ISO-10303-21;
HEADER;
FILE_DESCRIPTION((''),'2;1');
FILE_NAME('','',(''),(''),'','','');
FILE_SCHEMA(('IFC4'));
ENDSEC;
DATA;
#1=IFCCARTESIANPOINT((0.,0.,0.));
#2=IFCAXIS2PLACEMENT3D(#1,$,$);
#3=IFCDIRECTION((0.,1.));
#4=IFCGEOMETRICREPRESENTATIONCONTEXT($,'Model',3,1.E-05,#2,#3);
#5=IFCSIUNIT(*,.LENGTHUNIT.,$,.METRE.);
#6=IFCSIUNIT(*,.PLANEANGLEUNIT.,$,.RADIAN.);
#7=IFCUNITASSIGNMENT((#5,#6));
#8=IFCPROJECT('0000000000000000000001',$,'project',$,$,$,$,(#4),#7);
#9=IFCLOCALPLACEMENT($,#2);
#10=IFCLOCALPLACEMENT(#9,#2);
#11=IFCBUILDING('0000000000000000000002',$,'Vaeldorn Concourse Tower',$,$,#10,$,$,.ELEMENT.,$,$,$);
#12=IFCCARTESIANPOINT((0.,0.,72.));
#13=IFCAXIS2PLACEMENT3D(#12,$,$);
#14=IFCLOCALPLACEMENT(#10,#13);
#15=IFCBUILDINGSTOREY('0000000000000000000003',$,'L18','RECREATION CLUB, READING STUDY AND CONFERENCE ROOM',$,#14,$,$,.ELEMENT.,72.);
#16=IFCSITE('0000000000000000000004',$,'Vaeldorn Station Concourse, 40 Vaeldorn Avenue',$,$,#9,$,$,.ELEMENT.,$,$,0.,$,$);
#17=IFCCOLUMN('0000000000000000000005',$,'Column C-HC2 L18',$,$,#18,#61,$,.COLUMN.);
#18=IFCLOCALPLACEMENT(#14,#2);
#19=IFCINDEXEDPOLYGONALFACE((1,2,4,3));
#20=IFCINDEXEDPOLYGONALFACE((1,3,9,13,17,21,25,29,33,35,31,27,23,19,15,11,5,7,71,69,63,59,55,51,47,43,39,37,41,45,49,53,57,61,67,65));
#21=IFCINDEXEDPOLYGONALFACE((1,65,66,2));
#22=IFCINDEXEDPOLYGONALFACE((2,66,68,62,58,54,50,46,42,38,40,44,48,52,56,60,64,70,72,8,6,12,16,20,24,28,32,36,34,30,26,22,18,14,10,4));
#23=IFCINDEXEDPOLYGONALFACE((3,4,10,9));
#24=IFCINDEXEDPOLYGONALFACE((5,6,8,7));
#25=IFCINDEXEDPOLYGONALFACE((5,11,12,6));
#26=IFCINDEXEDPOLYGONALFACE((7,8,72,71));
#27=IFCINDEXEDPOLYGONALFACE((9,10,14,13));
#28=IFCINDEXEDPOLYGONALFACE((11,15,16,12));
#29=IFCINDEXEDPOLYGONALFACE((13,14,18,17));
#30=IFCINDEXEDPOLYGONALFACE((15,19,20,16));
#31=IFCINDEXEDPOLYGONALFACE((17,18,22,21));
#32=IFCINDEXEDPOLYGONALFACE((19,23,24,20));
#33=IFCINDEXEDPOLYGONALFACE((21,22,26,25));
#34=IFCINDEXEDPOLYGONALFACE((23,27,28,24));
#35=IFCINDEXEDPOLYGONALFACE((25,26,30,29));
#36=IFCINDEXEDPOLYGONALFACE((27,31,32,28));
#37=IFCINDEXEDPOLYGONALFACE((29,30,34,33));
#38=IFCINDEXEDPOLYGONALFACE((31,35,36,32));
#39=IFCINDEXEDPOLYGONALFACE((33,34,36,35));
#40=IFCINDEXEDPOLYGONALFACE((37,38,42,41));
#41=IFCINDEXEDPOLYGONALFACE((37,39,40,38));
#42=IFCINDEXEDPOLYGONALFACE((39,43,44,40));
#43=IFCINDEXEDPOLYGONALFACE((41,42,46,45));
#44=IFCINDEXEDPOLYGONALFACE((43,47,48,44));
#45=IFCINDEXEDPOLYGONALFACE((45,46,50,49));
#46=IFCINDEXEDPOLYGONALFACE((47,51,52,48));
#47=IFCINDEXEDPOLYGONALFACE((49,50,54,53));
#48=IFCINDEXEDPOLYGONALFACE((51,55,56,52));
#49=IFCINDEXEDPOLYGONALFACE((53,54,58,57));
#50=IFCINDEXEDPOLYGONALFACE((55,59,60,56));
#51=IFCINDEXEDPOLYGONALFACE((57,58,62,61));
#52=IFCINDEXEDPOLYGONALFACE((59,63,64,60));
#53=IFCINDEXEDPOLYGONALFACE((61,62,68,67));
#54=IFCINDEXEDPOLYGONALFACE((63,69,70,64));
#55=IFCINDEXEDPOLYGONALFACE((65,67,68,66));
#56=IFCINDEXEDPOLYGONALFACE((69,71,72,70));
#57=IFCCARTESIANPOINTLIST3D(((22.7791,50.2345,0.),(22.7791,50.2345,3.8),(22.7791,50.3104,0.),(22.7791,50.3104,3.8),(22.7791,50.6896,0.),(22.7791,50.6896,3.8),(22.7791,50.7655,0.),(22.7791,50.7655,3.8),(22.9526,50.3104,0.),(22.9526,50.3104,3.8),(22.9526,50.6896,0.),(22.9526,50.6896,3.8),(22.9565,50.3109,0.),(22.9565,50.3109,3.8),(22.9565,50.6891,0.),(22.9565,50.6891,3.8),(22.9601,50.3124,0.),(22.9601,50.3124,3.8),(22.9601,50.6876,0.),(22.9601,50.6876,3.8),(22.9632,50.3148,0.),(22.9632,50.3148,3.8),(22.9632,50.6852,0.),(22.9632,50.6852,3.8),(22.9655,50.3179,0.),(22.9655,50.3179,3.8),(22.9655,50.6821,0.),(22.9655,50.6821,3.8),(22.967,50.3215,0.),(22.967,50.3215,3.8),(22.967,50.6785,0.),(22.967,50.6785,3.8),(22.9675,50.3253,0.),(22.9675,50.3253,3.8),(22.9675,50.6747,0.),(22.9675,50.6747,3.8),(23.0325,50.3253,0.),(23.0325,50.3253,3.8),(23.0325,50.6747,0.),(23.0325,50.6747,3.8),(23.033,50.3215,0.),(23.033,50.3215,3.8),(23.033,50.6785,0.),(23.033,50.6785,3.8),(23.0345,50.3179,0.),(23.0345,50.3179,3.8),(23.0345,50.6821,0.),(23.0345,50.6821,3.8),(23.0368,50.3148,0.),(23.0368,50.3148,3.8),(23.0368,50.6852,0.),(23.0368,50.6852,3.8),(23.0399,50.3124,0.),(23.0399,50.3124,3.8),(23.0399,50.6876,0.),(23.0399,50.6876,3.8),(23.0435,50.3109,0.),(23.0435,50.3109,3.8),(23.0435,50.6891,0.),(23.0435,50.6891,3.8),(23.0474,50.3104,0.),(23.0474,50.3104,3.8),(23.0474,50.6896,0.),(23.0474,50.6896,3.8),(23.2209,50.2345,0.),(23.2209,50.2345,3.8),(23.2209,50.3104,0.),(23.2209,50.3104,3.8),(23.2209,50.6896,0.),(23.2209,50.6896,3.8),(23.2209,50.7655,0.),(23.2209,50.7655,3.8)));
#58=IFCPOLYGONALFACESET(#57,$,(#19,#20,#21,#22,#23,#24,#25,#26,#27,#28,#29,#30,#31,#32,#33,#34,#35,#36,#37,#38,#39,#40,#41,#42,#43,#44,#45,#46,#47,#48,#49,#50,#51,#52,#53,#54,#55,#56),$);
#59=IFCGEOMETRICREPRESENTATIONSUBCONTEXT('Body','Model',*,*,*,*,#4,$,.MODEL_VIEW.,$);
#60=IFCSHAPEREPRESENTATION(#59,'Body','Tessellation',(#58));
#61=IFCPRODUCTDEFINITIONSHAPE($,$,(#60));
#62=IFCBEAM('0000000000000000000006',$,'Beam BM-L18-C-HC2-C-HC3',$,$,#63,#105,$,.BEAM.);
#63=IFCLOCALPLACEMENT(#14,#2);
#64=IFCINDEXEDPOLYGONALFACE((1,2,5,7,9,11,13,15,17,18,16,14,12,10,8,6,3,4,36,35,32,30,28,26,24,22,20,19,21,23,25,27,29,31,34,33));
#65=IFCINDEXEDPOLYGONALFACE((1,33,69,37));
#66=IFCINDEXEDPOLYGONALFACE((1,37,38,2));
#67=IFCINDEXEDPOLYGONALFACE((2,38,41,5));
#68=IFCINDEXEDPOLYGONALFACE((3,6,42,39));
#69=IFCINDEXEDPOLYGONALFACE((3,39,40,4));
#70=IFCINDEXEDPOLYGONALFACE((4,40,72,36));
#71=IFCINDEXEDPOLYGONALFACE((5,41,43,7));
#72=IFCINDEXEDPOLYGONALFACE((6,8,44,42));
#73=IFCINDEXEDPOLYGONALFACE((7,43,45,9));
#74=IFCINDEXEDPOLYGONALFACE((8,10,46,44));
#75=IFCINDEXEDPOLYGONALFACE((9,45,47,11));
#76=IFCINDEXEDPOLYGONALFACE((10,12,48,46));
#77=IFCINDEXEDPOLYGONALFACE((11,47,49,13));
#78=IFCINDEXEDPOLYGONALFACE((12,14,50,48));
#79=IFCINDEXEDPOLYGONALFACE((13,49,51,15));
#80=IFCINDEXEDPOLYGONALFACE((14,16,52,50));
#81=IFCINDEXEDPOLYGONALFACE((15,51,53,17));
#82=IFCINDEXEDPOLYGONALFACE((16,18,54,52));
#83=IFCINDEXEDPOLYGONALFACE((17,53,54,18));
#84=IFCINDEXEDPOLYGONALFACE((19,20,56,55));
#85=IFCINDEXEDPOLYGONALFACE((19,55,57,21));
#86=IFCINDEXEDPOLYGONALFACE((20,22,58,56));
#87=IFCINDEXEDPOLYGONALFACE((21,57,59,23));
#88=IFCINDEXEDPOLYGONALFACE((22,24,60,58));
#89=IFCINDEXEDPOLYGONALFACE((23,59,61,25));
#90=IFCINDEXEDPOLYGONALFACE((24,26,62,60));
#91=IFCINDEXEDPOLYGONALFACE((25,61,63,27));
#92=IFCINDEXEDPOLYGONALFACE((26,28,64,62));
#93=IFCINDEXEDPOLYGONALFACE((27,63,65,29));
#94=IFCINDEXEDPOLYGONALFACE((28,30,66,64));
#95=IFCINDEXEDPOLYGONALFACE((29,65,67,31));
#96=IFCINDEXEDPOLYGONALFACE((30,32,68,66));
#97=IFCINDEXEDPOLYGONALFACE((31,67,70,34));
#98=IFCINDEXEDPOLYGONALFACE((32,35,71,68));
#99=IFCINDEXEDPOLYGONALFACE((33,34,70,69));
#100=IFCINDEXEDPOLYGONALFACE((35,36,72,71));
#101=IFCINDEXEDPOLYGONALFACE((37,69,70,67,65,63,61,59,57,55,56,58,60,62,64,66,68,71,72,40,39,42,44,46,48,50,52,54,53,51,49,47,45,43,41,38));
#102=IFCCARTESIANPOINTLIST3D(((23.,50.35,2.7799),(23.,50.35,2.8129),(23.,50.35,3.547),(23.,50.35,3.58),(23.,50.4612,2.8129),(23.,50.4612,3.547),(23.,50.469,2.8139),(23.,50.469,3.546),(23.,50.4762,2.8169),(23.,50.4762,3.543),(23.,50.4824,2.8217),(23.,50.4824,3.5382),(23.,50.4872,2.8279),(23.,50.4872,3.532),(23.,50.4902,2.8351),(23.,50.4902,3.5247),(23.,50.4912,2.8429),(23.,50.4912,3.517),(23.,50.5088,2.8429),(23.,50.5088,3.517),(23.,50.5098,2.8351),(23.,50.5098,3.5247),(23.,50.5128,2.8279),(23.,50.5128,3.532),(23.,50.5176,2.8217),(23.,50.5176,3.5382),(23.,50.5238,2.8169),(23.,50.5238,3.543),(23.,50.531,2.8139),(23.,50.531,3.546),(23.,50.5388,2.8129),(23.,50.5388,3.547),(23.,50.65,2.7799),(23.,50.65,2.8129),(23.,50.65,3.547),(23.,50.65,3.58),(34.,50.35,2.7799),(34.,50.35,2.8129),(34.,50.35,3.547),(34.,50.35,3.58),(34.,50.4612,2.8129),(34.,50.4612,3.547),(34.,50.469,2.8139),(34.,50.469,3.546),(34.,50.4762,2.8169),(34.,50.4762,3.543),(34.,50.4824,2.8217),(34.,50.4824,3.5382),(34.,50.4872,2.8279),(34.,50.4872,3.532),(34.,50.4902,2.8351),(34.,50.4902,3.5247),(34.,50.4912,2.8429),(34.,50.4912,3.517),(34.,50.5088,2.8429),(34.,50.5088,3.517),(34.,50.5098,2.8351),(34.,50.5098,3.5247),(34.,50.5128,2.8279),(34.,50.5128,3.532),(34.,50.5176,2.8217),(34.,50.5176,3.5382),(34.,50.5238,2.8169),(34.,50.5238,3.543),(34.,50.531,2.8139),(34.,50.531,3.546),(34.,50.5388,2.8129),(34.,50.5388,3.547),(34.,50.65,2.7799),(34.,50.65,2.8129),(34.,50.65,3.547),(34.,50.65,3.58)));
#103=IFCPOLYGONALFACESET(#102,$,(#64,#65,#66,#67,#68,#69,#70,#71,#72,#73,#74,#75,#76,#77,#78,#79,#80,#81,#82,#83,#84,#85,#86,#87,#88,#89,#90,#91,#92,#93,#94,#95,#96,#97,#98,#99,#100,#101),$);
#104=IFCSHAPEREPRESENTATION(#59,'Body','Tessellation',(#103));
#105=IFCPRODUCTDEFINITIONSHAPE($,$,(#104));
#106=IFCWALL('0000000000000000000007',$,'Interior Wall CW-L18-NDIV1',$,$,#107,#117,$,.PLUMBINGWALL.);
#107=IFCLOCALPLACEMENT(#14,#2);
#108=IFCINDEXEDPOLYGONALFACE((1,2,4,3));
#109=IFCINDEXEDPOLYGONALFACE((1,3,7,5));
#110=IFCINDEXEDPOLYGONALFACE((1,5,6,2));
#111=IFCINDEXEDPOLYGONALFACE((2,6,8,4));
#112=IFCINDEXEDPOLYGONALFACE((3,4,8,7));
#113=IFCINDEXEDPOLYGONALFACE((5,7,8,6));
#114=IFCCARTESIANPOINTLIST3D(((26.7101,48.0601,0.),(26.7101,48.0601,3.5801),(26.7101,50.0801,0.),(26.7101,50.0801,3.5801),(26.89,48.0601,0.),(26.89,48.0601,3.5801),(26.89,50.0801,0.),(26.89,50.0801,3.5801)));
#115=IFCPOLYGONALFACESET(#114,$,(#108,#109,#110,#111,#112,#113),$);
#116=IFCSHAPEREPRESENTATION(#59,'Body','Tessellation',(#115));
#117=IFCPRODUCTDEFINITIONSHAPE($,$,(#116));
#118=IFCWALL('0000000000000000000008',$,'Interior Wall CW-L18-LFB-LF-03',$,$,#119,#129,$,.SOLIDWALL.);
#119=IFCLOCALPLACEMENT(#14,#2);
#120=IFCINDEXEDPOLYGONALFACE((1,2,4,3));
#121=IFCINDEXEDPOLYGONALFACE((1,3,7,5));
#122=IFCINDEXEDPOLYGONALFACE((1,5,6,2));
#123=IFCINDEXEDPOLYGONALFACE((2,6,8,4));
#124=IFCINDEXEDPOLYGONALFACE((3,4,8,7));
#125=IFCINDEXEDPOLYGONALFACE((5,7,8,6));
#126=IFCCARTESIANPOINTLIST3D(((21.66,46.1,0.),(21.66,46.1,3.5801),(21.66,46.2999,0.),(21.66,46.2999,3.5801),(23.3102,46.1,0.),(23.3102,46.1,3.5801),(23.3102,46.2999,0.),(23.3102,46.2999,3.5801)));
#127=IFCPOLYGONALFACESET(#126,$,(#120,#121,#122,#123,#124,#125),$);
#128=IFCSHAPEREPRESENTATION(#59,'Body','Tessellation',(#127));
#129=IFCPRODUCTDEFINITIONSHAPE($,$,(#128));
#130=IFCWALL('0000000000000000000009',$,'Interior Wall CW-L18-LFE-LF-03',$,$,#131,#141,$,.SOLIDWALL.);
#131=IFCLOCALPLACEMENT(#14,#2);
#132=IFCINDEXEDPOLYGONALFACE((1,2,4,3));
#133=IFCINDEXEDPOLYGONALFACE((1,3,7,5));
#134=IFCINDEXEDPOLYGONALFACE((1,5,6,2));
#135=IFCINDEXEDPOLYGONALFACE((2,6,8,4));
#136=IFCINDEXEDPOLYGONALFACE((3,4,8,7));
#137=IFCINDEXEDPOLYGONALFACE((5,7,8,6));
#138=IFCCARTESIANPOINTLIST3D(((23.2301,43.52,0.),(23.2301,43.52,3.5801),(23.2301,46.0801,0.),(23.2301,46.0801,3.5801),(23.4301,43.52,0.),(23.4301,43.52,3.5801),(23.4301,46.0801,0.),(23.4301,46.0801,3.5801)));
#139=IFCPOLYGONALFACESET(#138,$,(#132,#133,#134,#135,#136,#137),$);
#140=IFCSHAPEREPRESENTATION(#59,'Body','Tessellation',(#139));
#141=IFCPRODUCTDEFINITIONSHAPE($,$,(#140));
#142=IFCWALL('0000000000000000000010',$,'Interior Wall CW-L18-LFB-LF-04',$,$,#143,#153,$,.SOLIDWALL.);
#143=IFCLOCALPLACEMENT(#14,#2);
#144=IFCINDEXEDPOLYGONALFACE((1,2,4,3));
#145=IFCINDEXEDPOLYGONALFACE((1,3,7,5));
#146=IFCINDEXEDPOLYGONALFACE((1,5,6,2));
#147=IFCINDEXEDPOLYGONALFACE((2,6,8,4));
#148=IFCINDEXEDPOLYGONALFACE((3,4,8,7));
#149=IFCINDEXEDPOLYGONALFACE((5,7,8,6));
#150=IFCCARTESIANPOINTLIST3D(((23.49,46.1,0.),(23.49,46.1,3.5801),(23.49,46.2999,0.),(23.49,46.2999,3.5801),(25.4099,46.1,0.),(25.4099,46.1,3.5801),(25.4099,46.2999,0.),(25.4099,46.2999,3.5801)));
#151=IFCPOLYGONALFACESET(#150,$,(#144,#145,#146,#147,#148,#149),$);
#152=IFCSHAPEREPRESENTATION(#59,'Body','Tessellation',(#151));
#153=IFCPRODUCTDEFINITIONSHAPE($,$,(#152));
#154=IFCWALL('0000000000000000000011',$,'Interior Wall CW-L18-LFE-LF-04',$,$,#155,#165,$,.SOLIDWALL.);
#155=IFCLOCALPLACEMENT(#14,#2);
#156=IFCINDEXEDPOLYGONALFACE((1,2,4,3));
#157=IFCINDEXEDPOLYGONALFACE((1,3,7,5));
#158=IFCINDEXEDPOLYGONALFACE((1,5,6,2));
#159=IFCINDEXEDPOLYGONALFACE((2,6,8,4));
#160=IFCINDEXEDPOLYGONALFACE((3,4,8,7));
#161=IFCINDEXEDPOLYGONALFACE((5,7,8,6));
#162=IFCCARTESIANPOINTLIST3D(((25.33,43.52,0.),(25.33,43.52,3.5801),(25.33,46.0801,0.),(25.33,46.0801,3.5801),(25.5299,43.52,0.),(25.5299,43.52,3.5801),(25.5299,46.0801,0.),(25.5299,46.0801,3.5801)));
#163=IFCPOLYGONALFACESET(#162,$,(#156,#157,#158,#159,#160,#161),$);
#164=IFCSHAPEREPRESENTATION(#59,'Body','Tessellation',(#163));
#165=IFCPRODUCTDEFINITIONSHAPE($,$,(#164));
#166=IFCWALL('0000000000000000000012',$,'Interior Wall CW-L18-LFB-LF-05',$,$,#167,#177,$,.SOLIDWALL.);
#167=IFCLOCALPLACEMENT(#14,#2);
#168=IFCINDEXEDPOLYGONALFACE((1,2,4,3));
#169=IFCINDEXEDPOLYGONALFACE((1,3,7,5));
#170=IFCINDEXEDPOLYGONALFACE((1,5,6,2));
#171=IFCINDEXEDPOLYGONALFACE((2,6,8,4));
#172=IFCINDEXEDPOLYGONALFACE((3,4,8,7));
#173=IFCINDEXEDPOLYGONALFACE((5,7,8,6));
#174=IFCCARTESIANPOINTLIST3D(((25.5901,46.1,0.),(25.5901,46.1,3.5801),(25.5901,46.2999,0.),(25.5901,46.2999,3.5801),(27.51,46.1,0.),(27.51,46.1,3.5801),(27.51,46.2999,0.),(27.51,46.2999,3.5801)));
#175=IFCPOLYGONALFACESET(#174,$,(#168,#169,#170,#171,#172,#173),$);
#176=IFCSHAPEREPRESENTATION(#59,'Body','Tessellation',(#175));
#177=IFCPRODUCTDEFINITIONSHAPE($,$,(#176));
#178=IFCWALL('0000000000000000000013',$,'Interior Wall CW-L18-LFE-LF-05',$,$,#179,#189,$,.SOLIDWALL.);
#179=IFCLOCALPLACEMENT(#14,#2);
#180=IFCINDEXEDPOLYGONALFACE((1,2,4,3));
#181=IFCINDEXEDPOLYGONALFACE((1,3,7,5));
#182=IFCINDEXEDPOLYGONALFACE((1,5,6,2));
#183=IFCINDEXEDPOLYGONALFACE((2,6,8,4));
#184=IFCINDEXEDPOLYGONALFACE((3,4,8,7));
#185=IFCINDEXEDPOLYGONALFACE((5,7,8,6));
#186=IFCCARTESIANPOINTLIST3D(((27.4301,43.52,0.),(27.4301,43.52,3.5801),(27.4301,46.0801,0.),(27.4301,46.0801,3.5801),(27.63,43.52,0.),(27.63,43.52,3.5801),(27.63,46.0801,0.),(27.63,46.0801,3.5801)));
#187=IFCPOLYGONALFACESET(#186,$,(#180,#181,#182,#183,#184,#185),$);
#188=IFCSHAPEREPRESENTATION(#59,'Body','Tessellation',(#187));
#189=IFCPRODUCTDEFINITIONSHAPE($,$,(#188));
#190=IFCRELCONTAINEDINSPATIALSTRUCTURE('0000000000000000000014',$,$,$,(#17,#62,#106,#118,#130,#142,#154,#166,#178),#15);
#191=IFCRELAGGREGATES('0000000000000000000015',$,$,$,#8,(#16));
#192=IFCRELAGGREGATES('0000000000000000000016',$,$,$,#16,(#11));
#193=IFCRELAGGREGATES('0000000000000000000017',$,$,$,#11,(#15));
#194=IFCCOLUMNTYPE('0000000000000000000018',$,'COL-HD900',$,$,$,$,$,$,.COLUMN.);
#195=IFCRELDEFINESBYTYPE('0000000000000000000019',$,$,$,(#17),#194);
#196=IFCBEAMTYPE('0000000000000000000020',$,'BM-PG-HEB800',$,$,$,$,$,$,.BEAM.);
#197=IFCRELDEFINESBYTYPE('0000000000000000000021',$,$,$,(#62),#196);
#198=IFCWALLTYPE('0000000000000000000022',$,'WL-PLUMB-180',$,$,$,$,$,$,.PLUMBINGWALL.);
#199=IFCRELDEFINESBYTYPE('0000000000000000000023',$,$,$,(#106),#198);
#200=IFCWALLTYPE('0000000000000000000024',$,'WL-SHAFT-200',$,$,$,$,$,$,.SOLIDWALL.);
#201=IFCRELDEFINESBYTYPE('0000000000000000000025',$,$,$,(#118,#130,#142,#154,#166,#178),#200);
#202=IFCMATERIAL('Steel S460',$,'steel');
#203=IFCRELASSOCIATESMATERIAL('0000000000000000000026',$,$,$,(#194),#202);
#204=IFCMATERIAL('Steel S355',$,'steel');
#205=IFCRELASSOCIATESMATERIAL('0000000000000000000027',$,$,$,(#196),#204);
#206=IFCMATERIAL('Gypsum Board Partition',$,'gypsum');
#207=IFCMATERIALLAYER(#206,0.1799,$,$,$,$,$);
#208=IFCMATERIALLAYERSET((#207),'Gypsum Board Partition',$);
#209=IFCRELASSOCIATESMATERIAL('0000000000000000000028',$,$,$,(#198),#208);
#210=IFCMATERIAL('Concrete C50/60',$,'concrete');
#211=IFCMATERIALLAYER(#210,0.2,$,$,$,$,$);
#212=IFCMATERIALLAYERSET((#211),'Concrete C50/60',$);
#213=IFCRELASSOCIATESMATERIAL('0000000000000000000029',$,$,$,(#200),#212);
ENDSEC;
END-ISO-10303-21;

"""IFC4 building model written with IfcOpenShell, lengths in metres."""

from ifc_helpers import new_model, si_unit, direction, frame, frame_2d, origin, origin_2d, place, context, subcontext, project, spatial, rectangle, i_section, extrude, source, transform, mapped, material, layer, layer_set, material_profile, profile_set, type_object, element, save


model = new_model("IFC4")

# Units and contexts
model_context = context("Model", 3, precision=1e-05, world=origin(), true_north=direction((0.0, 1.0)))
body_context = subcontext(model_context, "Body", "Model", "MODEL_VIEW")
ifc_project = project(units=[si_unit("LENGTHUNIT", "METRE"), si_unit("PLANEANGLEUNIT", "RADIAN")], contexts=[model_context])

# Site, building, storey
site_placement = place(None, origin())
site = spatial("IfcSite", under=ifc_project, at=site_placement, Name="Vaeldorn Station Concourse, 40 Vaeldorn Avenue", CompositionType="ELEMENT", RefElevation=0.0)
building_placement = place(site_placement, origin())
building = spatial("IfcBuilding", under=site, at=building_placement, Name="Vaeldorn Concourse Tower", CompositionType="ELEMENT")
storey_placement = place(building_placement, frame((0.0, 0.0, 72.0)))
storey = spatial("IfcBuildingStorey", under=building, at=storey_placement, Name="L18", Description="RECREATION CLUB, READING STUDY AND CONFERENCE ROOM", CompositionType="ELEMENT", Elevation=72.0)

# Column
ifc_material_1 = material(Name="Steel S460", Category="steel")
ifc_material_profile_1 = material_profile(ifc_material_1, i_section(OverallWidth=0.4419, OverallDepth=0.531, WebThickness=0.0649, FlangeThickness=0.0759, FilletRadius=0.0149, at=origin_2d()), Name="HD 400x900")
ifc_profile_set_1 = profile_set([ifc_material_profile_1], Name="Steel S460")
column_type = type_object("IfcColumnType", Name="COL-HD900", PredefinedType="COLUMN", material=ifc_profile_set_1)
shared_shape_1 = source(origin(), body_context, "Body", "SweptSolid", [
    extrude(i_section(OverallWidth=0.4419, OverallDepth=0.531, WebThickness=0.0649, FlangeThickness=0.0759, FilletRadius=0.0149, at=origin_2d()), origin(), (0.0, 0.0, 1.0), 3.8),
])
column_placement = place(storey_placement, frame((23.0, 50.5, 0.0), z_axis=(0.0, 0.0, 1.0), x_axis=(1.0, 0.0, 0.0)))
element("IfcColumn", 1, at=column_placement, inside=storey, type_object=column_type, Name="Column C-HC2 L18", PredefinedType="COLUMN", context=body_context, shape_type="MappedRepresentation", body=[
    mapped(shared_shape_1, transform((0.0, 0.0, 0.0), scale=1.0)),
])

# Beam
ifc_material_2 = material(Name="Steel S355", Category="steel")
ifc_material_profile_2 = material_profile(ifc_material_2, i_section(OverallWidth=0.3, OverallDepth=0.8, WebThickness=0.0176, FlangeThickness=0.033, FilletRadius=0.03, at=origin_2d()), Name="HEB 800")
ifc_profile_set_2 = profile_set([ifc_material_profile_2], Name="Steel S355")
beam_type = type_object("IfcBeamType", Name="BM-PG-HEB800", PredefinedType="BEAM", material=ifc_profile_set_2)
shared_shape_2 = source(origin(), body_context, "Body", "SweptSolid", [
    extrude(i_section(OverallWidth=0.3, OverallDepth=0.8, WebThickness=0.0176, FlangeThickness=0.033, FilletRadius=0.03, at=origin_2d()), origin(), (0.0, 0.0, 1.0), 11.0),
])
beam_placement = place(storey_placement, frame((23.0, 50.5, 3.1799), z_axis=(1.0, 0.0, 0.0), x_axis=(0.0, 1.0, 0.0)))
element("IfcBeam", 2, at=beam_placement, inside=storey, type_object=beam_type, Name="Beam BM-L18-C-HC2-C-HC3", PredefinedType="BEAM", context=body_context, shape_type="MappedRepresentation", body=[
    mapped(shared_shape_2, transform((0.0, 0.0, 0.0), scale=1.0)),
])

# Walls
ifc_material_3 = material(Name="Gypsum Board Partition", Category="gypsum")
ifc_layer_1 = layer(ifc_material_3, 0.1799)
ifc_layer_set_1 = layer_set([ifc_layer_1], Name="Gypsum Board Partition")
wall_type_1 = type_object("IfcWallType", Name="WL-PLUMB-180", PredefinedType="PLUMBINGWALL", material=ifc_layer_set_1)
wall_1_placement = place(storey_placement, frame((26.8, 48.0601, 0.0), z_axis=(0.0, 0.0, 1.0), x_axis=(0.0, 1.0, 0.0)))
element("IfcWall", 3, at=wall_1_placement, inside=storey, type_object=wall_type_1, Name="Interior Wall CW-L18-NDIV1", PredefinedType="PLUMBINGWALL", context=body_context, shape_type="SweptSolid", body=[
    extrude(rectangle(XDim=2.02, YDim=0.1799, at=frame_2d((1.01, 0.0))), origin(), (0.0, 0.0, 1.0), 3.5801),
])
ifc_material_4 = material(Name="Concrete C50/60", Category="concrete")
ifc_layer_2 = layer(ifc_material_4, 0.2)
ifc_layer_set_2 = layer_set([ifc_layer_2], Name="Concrete C50/60")
wall_type_2 = type_object("IfcWallType", Name="WL-SHAFT-200", PredefinedType="SOLIDWALL", material=ifc_layer_set_2)
wall_2_placement = place(storey_placement, frame((21.6599, 46.2, 0.0), z_axis=(0.0, 0.0, 1.0), x_axis=(1.0, 0.0, 0.0)))
element("IfcWall", 4, at=wall_2_placement, inside=storey, type_object=wall_type_2, Name="Interior Wall CW-L18-LFB-LF-03", PredefinedType="SOLIDWALL", context=body_context, shape_type="SweptSolid", body=[
    extrude(rectangle(XDim=1.6501, YDim=0.2, at=frame_2d((0.8252, 0.0))), origin(), (0.0, 0.0, 1.0), 3.5801),
])
wall_3_placement = place(storey_placement, frame((23.3301, 43.52, 0.0), z_axis=(0.0, 0.0, 1.0), x_axis=(0.0, 1.0, 0.0)))
element("IfcWall", 5, at=wall_3_placement, inside=storey, type_object=wall_type_2, Name="Interior Wall CW-L18-LFE-LF-03", PredefinedType="SOLIDWALL", context=body_context, shape_type="SweptSolid", body=[
    extrude(rectangle(XDim=2.5601, YDim=0.2, at=frame_2d((1.28, 0.0))), origin(), (0.0, 0.0, 1.0), 3.5801),
])

# Walls
wall_4_placement = place(storey_placement, frame((23.49, 46.2, 0.0), z_axis=(0.0, 0.0, 1.0), x_axis=(1.0, 0.0, 0.0)))
element("IfcWall", 6, at=wall_4_placement, inside=storey, type_object=wall_type_2, Name="Interior Wall CW-L18-LFB-LF-04", PredefinedType="SOLIDWALL", context=body_context, shape_type="SweptSolid", body=[
    extrude(rectangle(XDim=1.9199, YDim=0.2, at=frame_2d((0.96, 0.0))), origin(), (0.0, 0.0, 1.0), 3.5801),
])
wall_5_placement = place(storey_placement, frame((25.4299, 43.52, 0.0), z_axis=(0.0, 0.0, 1.0), x_axis=(0.0, 1.0, 0.0)))
element("IfcWall", 7, at=wall_5_placement, inside=storey, type_object=wall_type_2, Name="Interior Wall CW-L18-LFE-LF-04", PredefinedType="SOLIDWALL", context=body_context, shape_type="SweptSolid", body=[
    extrude(rectangle(XDim=2.5601, YDim=0.2, at=frame_2d((1.28, 0.0))), origin(), (0.0, 0.0, 1.0), 3.5801),
])

# Walls
wall_6_placement = place(storey_placement, frame((25.5901, 46.2, 0.0), z_axis=(0.0, 0.0, 1.0), x_axis=(1.0, 0.0, 0.0)))
element("IfcWall", 8, at=wall_6_placement, inside=storey, type_object=wall_type_2, Name="Interior Wall CW-L18-LFB-LF-05", PredefinedType="SOLIDWALL", context=body_context, shape_type="SweptSolid", body=[
    extrude(rectangle(XDim=1.9199, YDim=0.2, at=frame_2d((0.96, 0.0))), origin(), (0.0, 0.0, 1.0), 3.5801),
])
wall_7_placement = place(storey_placement, frame((27.53, 43.52, 0.0), z_axis=(0.0, 0.0, 1.0), x_axis=(0.0, 1.0, 0.0)))
element("IfcWall", 9, at=wall_7_placement, inside=storey, type_object=wall_type_2, Name="Interior Wall CW-L18-LFE-LF-05", PredefinedType="SOLIDWALL", context=body_context, shape_type="SweptSolid", body=[
    extrude(rectangle(XDim=2.5601, YDim=0.2, at=frame_2d((1.28, 0.0))), origin(), (0.0, 0.0, 1.0), 3.5801),
])

save(model, "model.ifc")
